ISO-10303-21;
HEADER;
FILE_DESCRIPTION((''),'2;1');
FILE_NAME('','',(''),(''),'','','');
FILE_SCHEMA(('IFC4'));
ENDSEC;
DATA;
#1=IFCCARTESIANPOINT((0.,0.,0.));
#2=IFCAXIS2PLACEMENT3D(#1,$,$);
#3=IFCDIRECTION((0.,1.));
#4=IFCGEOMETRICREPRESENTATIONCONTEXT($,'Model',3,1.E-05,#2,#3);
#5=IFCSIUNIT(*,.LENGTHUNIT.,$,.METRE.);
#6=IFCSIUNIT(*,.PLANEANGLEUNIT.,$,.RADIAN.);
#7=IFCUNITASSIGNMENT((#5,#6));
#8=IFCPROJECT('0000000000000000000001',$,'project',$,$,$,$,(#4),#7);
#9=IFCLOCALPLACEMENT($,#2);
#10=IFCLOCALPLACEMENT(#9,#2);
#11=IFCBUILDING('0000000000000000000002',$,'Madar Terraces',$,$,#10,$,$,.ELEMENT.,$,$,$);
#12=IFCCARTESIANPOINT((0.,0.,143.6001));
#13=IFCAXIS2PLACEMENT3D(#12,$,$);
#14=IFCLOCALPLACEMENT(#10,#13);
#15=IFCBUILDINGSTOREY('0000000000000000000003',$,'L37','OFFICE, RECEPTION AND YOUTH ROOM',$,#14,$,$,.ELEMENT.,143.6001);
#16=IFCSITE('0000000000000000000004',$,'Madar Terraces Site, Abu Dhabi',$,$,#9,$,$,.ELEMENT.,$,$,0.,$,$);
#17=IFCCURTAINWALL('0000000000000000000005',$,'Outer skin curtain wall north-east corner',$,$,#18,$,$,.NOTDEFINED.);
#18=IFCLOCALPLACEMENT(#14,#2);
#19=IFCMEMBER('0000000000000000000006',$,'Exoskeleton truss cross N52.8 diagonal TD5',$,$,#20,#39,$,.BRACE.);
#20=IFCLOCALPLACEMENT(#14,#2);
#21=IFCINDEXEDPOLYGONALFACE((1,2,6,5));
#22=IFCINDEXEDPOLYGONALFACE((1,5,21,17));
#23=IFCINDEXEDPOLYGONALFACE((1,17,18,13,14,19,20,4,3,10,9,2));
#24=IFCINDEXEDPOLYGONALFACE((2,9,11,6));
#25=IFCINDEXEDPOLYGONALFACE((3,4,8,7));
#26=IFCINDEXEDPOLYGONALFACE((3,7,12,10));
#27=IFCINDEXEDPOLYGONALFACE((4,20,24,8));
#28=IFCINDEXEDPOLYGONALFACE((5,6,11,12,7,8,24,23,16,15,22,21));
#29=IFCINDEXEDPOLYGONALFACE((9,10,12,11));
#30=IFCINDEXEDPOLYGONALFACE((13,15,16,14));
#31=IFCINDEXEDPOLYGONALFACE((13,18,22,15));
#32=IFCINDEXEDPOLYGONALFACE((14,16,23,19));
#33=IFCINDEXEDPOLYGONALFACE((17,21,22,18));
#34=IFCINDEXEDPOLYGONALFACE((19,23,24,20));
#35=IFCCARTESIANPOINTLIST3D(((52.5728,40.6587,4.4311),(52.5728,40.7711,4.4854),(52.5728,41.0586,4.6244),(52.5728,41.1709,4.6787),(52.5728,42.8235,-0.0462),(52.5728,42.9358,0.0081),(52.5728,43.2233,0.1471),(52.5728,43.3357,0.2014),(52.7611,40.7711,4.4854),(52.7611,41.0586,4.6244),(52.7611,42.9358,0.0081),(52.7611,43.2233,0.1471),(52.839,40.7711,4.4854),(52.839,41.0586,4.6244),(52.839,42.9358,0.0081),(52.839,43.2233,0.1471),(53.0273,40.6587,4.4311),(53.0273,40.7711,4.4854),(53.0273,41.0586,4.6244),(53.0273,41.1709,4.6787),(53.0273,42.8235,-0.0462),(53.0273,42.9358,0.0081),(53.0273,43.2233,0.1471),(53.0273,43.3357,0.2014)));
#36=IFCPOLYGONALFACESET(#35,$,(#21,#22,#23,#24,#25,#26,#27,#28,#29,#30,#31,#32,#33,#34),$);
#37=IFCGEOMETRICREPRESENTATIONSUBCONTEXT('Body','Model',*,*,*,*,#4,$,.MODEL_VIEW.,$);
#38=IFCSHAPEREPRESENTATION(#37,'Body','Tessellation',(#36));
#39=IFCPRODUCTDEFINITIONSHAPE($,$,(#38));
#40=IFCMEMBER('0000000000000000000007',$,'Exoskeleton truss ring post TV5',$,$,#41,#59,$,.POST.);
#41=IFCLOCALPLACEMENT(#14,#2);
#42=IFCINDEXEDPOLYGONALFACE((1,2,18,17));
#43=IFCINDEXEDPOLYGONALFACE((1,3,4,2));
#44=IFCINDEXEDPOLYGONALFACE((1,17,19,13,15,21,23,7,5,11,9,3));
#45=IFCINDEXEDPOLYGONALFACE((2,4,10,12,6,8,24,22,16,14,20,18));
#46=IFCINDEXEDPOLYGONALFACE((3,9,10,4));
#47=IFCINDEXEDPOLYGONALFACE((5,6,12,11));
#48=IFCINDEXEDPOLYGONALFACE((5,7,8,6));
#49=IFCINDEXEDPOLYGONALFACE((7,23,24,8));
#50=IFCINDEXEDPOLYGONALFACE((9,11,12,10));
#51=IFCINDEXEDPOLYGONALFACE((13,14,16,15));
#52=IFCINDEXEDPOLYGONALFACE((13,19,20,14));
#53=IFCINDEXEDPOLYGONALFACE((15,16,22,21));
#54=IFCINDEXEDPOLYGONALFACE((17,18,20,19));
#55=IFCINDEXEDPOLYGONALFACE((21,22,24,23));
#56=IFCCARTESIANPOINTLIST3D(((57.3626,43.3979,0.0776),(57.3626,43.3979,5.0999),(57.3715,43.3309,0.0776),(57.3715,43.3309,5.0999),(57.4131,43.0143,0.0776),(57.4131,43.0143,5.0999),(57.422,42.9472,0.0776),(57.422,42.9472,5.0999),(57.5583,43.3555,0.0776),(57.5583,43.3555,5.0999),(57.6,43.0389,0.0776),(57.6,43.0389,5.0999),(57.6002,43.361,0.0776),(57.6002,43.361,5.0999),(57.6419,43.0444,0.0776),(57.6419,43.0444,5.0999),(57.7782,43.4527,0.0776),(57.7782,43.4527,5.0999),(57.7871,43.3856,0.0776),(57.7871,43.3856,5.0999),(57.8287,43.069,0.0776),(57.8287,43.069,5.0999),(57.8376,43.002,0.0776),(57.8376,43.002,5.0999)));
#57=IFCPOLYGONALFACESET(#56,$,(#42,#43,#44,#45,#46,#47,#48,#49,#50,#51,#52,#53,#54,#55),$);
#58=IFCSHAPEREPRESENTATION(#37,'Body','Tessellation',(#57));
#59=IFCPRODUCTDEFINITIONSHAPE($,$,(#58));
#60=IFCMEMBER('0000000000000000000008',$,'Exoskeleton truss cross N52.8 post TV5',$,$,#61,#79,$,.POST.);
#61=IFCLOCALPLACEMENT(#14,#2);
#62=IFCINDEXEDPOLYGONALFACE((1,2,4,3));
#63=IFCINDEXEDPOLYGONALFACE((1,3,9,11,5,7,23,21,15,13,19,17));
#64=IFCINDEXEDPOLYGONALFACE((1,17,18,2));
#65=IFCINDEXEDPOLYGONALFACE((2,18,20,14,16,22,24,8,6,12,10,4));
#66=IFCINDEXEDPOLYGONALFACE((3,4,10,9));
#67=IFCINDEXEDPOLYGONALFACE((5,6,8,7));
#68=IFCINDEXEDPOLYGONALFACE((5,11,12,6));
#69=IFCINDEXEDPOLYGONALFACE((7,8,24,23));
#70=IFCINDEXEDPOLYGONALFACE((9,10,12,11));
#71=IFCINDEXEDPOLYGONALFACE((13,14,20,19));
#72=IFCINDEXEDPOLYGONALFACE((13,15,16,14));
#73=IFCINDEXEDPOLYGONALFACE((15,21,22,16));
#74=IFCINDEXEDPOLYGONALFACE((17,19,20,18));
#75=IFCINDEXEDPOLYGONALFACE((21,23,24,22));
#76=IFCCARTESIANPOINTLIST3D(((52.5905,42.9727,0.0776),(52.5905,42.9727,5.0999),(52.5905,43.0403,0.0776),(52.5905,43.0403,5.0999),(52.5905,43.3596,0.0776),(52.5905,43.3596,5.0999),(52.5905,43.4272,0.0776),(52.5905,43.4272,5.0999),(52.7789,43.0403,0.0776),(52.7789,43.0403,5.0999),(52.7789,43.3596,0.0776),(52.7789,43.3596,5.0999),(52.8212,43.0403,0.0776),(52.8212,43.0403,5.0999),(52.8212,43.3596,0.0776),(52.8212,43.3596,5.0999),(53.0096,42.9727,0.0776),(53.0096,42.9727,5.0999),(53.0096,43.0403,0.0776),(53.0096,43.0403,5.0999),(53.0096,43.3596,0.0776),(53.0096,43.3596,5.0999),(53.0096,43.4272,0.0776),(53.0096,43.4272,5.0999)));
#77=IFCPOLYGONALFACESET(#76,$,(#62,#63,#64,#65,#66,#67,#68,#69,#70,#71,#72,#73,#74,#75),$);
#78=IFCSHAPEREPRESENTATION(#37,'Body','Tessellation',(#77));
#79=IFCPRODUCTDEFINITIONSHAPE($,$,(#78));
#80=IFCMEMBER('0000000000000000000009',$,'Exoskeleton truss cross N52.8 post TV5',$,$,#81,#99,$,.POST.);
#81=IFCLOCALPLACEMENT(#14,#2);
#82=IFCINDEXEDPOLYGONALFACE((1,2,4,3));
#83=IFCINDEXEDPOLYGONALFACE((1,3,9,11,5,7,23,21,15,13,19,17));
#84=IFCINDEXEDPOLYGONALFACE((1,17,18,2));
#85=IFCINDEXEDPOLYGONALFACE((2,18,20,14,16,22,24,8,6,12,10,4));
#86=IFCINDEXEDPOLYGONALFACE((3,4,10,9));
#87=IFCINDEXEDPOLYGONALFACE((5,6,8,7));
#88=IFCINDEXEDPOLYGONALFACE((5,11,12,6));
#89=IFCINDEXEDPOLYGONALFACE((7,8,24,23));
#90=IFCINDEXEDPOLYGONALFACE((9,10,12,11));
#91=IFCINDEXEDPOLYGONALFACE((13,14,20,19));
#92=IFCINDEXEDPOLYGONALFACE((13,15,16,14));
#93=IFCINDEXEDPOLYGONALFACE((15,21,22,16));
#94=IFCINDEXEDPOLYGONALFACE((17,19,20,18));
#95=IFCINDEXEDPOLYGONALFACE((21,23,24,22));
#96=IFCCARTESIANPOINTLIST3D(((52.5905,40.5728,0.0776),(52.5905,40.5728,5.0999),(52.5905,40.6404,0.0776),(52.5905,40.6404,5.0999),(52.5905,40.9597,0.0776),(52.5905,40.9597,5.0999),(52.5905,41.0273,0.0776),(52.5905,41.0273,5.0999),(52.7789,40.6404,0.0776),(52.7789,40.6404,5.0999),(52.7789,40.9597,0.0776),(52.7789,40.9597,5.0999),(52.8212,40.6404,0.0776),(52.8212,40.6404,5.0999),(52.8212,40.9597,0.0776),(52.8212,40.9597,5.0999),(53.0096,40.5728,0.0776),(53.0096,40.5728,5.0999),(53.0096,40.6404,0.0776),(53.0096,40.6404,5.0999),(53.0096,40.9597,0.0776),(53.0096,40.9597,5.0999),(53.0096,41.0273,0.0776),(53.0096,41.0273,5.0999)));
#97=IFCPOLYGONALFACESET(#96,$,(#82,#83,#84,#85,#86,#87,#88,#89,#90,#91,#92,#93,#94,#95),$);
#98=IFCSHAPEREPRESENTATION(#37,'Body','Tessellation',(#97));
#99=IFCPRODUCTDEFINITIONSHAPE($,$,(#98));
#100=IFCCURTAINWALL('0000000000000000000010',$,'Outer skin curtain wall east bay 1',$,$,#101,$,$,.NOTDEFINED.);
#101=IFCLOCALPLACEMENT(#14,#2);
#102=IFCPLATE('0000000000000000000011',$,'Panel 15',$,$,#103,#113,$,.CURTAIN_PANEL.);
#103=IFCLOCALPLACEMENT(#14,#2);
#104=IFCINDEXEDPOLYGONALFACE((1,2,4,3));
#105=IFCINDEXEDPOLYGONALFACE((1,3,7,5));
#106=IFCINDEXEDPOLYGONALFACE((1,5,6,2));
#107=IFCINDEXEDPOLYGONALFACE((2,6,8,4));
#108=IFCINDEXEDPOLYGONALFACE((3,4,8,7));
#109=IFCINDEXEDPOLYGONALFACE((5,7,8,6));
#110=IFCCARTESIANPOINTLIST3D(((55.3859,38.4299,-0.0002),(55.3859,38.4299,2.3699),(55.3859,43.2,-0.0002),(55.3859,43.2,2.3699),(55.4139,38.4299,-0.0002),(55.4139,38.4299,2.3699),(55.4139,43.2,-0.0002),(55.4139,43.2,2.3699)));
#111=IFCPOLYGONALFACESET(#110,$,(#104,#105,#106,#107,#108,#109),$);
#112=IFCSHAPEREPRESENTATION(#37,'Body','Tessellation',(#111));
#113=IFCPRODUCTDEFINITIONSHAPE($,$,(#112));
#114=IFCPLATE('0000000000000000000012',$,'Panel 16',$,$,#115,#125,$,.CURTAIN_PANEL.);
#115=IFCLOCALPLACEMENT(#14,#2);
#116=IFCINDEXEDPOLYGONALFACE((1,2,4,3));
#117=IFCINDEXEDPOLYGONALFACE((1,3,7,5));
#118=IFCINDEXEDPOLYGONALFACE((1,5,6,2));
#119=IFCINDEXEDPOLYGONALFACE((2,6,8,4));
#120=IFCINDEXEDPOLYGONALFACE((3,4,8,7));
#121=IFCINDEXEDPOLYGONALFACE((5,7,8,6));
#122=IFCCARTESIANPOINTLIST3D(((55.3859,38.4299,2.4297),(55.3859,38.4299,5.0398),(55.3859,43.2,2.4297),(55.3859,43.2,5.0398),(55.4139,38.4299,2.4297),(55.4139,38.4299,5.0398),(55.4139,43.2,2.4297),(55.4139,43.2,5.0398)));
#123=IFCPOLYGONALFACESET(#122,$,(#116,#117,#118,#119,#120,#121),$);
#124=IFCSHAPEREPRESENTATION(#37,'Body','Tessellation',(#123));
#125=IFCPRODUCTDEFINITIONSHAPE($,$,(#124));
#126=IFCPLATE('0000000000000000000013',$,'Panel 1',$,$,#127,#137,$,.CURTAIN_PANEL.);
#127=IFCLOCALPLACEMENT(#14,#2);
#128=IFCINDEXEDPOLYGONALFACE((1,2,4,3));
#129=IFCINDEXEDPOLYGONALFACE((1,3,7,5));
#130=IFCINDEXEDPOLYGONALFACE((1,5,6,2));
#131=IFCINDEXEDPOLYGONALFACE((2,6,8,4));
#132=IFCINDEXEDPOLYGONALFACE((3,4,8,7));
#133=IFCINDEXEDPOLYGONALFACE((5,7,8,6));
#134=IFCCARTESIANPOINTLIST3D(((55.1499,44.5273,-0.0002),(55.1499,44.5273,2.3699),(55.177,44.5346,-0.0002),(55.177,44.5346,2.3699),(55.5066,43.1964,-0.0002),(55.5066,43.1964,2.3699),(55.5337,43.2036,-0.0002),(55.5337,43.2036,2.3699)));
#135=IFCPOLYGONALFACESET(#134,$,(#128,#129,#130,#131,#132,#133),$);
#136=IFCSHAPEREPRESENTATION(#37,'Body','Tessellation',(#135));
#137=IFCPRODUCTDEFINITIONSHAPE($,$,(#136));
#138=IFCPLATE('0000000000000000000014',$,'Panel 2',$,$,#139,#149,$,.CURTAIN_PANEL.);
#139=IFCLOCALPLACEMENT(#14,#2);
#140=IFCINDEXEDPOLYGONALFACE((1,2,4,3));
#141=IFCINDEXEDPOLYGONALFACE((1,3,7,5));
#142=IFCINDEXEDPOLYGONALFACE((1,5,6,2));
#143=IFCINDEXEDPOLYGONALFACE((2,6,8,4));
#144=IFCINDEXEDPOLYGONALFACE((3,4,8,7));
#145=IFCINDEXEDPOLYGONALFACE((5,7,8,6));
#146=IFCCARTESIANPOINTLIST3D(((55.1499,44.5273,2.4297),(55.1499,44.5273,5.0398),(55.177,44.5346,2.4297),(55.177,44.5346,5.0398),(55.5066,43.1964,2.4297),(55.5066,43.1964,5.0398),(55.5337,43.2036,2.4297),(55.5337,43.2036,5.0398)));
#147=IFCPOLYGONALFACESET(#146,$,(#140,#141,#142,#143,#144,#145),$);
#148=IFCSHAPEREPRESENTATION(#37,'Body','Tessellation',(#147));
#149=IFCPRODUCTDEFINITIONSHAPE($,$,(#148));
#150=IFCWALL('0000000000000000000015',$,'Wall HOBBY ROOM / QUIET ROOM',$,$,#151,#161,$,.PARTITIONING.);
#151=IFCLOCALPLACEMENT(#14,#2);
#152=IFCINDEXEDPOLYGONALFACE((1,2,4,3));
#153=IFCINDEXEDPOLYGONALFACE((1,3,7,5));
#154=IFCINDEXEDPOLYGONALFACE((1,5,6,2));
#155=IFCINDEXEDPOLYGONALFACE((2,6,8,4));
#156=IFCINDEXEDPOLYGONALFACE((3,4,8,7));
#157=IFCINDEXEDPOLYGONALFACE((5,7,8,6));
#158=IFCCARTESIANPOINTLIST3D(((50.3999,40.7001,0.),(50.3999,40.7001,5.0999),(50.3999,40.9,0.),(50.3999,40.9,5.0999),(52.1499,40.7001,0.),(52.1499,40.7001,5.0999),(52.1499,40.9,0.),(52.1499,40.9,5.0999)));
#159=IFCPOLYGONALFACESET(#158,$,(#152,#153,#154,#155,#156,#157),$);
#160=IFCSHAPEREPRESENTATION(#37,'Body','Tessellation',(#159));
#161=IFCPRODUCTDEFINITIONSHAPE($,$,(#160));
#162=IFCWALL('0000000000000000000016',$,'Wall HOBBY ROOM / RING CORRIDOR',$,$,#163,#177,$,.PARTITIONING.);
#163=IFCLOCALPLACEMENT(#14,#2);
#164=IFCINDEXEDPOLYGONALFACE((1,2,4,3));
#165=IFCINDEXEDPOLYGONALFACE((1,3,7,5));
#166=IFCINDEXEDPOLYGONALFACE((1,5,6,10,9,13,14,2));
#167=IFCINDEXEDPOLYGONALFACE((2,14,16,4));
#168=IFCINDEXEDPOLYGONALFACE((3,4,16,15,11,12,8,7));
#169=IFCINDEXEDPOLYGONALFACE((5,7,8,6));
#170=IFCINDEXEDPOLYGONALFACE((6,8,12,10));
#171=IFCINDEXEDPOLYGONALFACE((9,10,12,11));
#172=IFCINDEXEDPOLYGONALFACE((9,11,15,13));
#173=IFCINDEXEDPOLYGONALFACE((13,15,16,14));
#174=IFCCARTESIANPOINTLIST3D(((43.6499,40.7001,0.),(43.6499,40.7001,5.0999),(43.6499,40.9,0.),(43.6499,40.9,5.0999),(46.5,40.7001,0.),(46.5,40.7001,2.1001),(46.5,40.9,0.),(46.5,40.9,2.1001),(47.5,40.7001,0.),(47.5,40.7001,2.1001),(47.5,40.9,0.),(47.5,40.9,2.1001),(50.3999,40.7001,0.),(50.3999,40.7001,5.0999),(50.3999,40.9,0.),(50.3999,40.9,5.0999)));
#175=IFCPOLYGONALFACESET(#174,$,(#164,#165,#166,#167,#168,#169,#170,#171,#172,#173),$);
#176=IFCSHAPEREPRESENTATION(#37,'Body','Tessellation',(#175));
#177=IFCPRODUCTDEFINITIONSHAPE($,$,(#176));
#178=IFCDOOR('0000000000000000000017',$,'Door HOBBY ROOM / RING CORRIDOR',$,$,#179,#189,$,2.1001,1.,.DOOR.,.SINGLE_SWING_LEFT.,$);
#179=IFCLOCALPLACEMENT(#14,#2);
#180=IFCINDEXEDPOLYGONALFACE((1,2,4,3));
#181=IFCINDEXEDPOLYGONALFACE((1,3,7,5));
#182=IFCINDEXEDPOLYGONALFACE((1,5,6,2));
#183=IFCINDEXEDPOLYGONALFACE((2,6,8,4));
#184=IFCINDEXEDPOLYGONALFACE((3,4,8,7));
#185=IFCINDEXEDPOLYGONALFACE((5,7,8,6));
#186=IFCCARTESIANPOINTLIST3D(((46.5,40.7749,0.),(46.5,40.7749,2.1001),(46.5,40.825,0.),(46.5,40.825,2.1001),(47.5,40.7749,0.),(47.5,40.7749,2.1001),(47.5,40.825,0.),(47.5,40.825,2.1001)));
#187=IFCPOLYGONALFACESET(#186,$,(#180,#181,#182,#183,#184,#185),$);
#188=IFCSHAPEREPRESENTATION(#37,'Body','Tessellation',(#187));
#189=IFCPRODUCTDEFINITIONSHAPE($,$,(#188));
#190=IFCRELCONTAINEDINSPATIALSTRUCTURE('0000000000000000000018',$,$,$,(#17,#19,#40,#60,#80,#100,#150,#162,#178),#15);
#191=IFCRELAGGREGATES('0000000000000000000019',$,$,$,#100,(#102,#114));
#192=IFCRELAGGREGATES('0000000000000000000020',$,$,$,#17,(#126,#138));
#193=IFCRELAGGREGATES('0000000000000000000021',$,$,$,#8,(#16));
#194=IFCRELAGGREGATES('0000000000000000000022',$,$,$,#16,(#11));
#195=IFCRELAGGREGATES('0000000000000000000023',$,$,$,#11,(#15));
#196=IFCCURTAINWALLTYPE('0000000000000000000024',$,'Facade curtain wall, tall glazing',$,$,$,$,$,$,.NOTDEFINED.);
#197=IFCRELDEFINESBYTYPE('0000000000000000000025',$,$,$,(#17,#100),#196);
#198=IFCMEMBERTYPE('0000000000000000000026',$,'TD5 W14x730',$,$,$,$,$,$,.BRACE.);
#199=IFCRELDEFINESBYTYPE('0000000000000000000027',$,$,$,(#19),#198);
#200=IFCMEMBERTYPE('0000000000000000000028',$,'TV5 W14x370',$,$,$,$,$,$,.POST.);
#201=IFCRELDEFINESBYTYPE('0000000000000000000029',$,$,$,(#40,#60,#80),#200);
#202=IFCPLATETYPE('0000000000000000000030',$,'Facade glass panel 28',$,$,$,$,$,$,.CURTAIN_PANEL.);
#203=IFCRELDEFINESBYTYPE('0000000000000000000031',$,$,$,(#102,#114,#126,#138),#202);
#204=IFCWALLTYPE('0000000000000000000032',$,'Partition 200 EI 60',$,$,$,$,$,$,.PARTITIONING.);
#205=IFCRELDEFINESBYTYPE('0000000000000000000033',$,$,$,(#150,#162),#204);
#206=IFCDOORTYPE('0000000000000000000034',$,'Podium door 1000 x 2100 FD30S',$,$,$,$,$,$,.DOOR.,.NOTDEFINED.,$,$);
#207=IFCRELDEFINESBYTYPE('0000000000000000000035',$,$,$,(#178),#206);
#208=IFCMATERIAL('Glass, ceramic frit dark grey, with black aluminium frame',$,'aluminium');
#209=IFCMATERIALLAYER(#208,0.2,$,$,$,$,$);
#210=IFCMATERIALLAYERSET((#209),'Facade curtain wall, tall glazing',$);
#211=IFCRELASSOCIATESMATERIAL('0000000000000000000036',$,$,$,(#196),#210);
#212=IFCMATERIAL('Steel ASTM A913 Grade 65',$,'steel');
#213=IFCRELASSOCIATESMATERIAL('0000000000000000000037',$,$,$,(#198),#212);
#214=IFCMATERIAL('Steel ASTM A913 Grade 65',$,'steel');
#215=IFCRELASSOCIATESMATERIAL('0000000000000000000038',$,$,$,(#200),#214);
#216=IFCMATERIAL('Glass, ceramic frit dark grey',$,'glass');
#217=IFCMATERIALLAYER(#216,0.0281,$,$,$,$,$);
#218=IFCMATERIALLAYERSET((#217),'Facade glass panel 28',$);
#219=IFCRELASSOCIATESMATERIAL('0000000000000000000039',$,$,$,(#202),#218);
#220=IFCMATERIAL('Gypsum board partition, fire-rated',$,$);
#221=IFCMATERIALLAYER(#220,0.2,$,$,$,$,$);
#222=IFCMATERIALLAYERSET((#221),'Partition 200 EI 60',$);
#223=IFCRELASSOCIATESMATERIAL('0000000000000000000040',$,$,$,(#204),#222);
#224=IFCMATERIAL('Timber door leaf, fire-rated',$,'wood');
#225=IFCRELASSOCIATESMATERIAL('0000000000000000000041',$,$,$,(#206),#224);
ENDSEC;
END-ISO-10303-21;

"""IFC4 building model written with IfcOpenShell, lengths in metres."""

from ifc_helpers import new_model, si_unit, direction, frame, frame_2d, origin, origin_2d, place, context, subcontext, project, spatial, rectangle, i_section, extrude, material, layer, layer_set, material_profile, profile_set, type_object, element, fill, aggregate, save


model = new_model("IFC4")

# Units and contexts
model_context = context("Model", 3, precision=1e-05, world=origin(), true_north=direction((0.0, 1.0)))
body_context = subcontext(model_context, "Body", "Model", "MODEL_VIEW")
ifc_project = project(units=[si_unit("LENGTHUNIT", "METRE"), si_unit("PLANEANGLEUNIT", "RADIAN")], contexts=[model_context])

# Site, building, storey
site_placement = place(None, origin())
site = spatial("IfcSite", under=ifc_project, at=site_placement, Name="Madar Terraces Site, Abu Dhabi", CompositionType="ELEMENT", RefElevation=0.0)
building_placement = place(site_placement, origin())
building = spatial("IfcBuilding", under=site, at=building_placement, Name="Madar Terraces", CompositionType="ELEMENT")
storey_placement = place(building_placement, frame((0.0, 0.0, 143.6001)))
storey = spatial("IfcBuildingStorey", under=building, at=storey_placement, Name="L37", Description="OFFICE, RECEPTION AND YOUTH ROOM", CompositionType="ELEMENT", Elevation=143.6001)

# Curtain wall
ifc_material_1 = material(Name="Glass, ceramic frit dark grey, with black aluminium frame", Category="aluminium")
ifc_layer_1 = layer(ifc_material_1, 0.2)
ifc_layer_set_1 = layer_set([ifc_layer_1], Name="Facade curtain wall, tall glazing")
curtain_wall_type = type_object("IfcCurtainWallType", Name="Facade curtain wall, tall glazing", PredefinedType="NOTDEFINED", material=ifc_layer_set_1)
curtain_wall_1_placement = place(storey_placement, origin())
curtain_wall_1 = element("IfcCurtainWall", 1, at=curtain_wall_1_placement, inside=storey, type_object=curtain_wall_type, Name="Outer skin curtain wall north-east corner", PredefinedType="NOTDEFINED")

# Members
ifc_material_2 = material(Name="Steel ASTM A913 Grade 65", Category="steel")
ifc_material_profile_1 = material_profile(ifc_material_2, i_section(OverallWidth=0.4546, OverallDepth=0.5688, WebThickness=0.0779, FlangeThickness=0.1248, at=origin_2d()), Name="W14x730")
ifc_profile_set_1 = profile_set([ifc_material_profile_1], Name="Steel ASTM A913 Grade 65")
member_type_1 = type_object("IfcMemberType", Name="TD5 W14x730", PredefinedType="BRACE", material=ifc_profile_set_1)
member_1_placement = place(storey_placement, frame((52.8, 43.0796, 0.0776), z_axis=(0.0, -0.435294, 0.900288), x_axis=(1.0, 0.0, 0.0)))
element("IfcMember", 2, at=member_1_placement, inside=storey, type_object=member_type_1, Name="Exoskeleton truss cross N52.8 diagonal TD5", PredefinedType="BRACE", context=body_context, shape_type="SweptSolid", body=[
    extrude(i_section(OverallWidth=0.4546, OverallDepth=0.5688, WebThickness=0.0779, FlangeThickness=0.1248, at=origin_2d()), origin(), (0.0, 0.0, 1.0), 4.9731),
])
ifc_material_3 = material(Name="Steel ASTM A913 Grade 65", Category="steel")
ifc_material_profile_2 = material_profile(ifc_material_3, i_section(OverallWidth=0.4192, OverallDepth=0.4546, WebThickness=0.0422, FlangeThickness=0.0676, at=origin_2d()), Name="W14x370")
ifc_profile_set_2 = profile_set([ifc_material_profile_2], Name="Steel ASTM A913 Grade 65")
member_type_2 = type_object("IfcMemberType", Name="TV5 W14x370", PredefinedType="POST", material=ifc_profile_set_2)
for number, where, z_axis, x_axis, name in (
    (3, (57.6001, 43.2, 0.0776), (0.0, 0.0, 1.0), (-0.991445, -0.130526, 0.0), "Exoskeleton truss ring post TV5"),
    (4, (52.8, 43.2, 0.0776), (0.0, 0.0, 1.0), (-1.0, 0.0, 0.0), "Exoskeleton truss cross N52.8 post TV5"),
    (5, (52.8, 40.8, 0.0776), (0.0, 0.0, 1.0), (-1.0, 0.0, 0.0), "Exoskeleton truss cross N52.8 post TV5"),
):
    element("IfcMember", number, at=place(storey_placement, frame(where, z_axis=z_axis, x_axis=x_axis)), inside=storey, type_object=member_type_2, Name=name, PredefinedType="POST", context=body_context, shape_type="SweptSolid", body=[
        extrude(i_section(OverallWidth=0.4192, OverallDepth=0.4546, WebThickness=0.0422, FlangeThickness=0.0676, at=origin_2d()), origin(), (0.0, 0.0, 1.0), 5.0222),
    ])

# Curtain wall, plates
curtain_wall_2_placement = place(storey_placement, origin())
curtain_wall_2 = element("IfcCurtainWall", 6, at=curtain_wall_2_placement, inside=storey, type_object=curtain_wall_type, Name="Outer skin curtain wall east bay 1", PredefinedType="NOTDEFINED")
ifc_material_4 = material(Name="Glass, ceramic frit dark grey", Category="glass")
ifc_layer_2 = layer(ifc_material_4, 0.0281)
ifc_layer_set_2 = layer_set([ifc_layer_2], Name="Facade glass panel 28")
plate_type = type_object("IfcPlateType", Name="Facade glass panel 28", PredefinedType="CURTAIN_PANEL", material=ifc_layer_set_2)
plate_1_placement = place(storey_placement, frame((55.3999, 40.8149, -0.0002), z_axis=(0.0, 0.0, 1.0), x_axis=(0.0, 1.0, 0.0)))
plate_1 = element("IfcPlate", 7, at=plate_1_placement, type_object=plate_type, Name="Panel 15", PredefinedType="CURTAIN_PANEL", context=body_context, shape_type="SweptSolid", body=[
    extrude(rectangle(XDim=4.77, YDim=0.0281, at=origin_2d()), origin(), (0.0, 0.0, 1.0), 2.3701),
])
plate_2_placement = place(storey_placement, frame((55.3999, 40.8149, 2.4297), z_axis=(0.0, 0.0, 1.0), x_axis=(0.0, 1.0, 0.0)))
plate_2 = element("IfcPlate", 8, at=plate_2_placement, type_object=plate_type, Name="Panel 16", PredefinedType="CURTAIN_PANEL", context=body_context, shape_type="SweptSolid", body=[
    extrude(rectangle(XDim=4.77, YDim=0.0281, at=origin_2d()), origin(), (0.0, 0.0, 1.0), 2.6101),
])
aggregate(curtain_wall_2, [plate_1, plate_2])

# Plates
plate_3_placement = place(storey_placement, frame((55.3418, 43.8655, -0.0002), z_axis=(0.0, 0.0, 1.0), x_axis=(-0.258819, 0.965926, 0.0)))
plate_3 = element("IfcPlate", 9, at=plate_3_placement, type_object=plate_type, Name="Panel 1", PredefinedType="CURTAIN_PANEL", context=body_context, shape_type="SweptSolid", body=[
    extrude(rectangle(XDim=1.3779, YDim=0.0281, at=origin_2d()), origin(), (0.0, 0.0, 1.0), 2.3701),
])
plate_4_placement = place(storey_placement, frame((55.3418, 43.8655, 2.4297), z_axis=(0.0, 0.0, 1.0), x_axis=(-0.258819, 0.965926, 0.0)))
plate_4 = element("IfcPlate", 10, at=plate_4_placement, type_object=plate_type, Name="Panel 2", PredefinedType="CURTAIN_PANEL", context=body_context, shape_type="SweptSolid", body=[
    extrude(rectangle(XDim=1.3779, YDim=0.0281, at=origin_2d()), origin(), (0.0, 0.0, 1.0), 2.6101),
])
aggregate(curtain_wall_1, [plate_3, plate_4])

# Wall
ifc_material_5 = material(Name="Gypsum board partition, fire-rated")
ifc_layer_3 = layer(ifc_material_5, 0.2)
ifc_layer_set_3 = layer_set([ifc_layer_3], Name="Partition 200 EI 60")
wall_type_1 = type_object("IfcWallType", Name="Partition 200 EI 60", PredefinedType="PARTITIONING", material=ifc_layer_set_3)
wall_1_placement = place(storey_placement, frame((50.3999, 40.8, 0.0), z_axis=(0.0, 0.0, 1.0), x_axis=(1.0, 0.0, 0.0)))
element("IfcWall", 11, at=wall_1_placement, inside=storey, type_object=wall_type_1, Name="Wall HOBBY ROOM / QUIET ROOM", PredefinedType="PARTITIONING", context=body_context, shape_type="SweptSolid", body=[
    extrude(rectangle(XDim=1.75, YDim=0.2, at=frame_2d((0.875, 0.0))), origin(), (0.0, 0.0, 1.0), 5.0999),
])

# Wall, opening, door
wall_2_placement = place(storey_placement, frame((43.6499, 40.8, 0.0), z_axis=(0.0, 0.0, 1.0), x_axis=(1.0, 0.0, 0.0)))
wall_2 = element("IfcWall", 12, at=wall_2_placement, inside=storey, type_object=wall_type_1, Name="Wall HOBBY ROOM / RING CORRIDOR", PredefinedType="PARTITIONING", context=body_context, shape_type="SweptSolid", body=[
    extrude(rectangle(XDim=6.75, YDim=0.2, at=frame_2d((3.375, 0.0))), origin(), (0.0, 0.0, 1.0), 5.0999),
])
opening_1_placement = place(wall_2_placement, frame((2.8501, 0.0, 0.0)))
opening_1 = element("IfcOpeningElement", 13, at=opening_1_placement, cuts=wall_2, PredefinedType="OPENING", context=body_context, shape_type="SweptSolid", body=[
    extrude(rectangle(XDim=1.0, YDim=2.1001, at=frame_2d((0.5, 1.05))), frame((0.0, 0.1099, 0.0), z_axis=(0.0, -1.0, 0.0), x_axis=(1.0, 0.0, 0.0)), (0.0, 0.0, 1.0), 0.22),
])
ifc_material_6 = material(Name="Timber door leaf, fire-rated", Category="wood")
door_type = type_object("IfcDoorType", Name="Podium door 1000 x 2100 FD30S", OperationType="NOTDEFINED", PredefinedType="DOOR", material=ifc_material_6)
door_1_placement = place(opening_1_placement, origin())
door_1 = element("IfcDoor", 14, at=door_1_placement, inside=storey, type_object=door_type, Name="Door HOBBY ROOM / RING CORRIDOR", OperationType="SINGLE_SWING_LEFT", OverallHeight=2.1001, OverallWidth=1.0, PredefinedType="DOOR", context=body_context, shape_type="SweptSolid", body=[
    extrude(rectangle(XDim=1.0, YDim=2.1001, at=frame_2d((0.5, 1.05))), frame((0.0, 0.0249, 0.0), z_axis=(0.0, -1.0, 0.0), x_axis=(1.0, 0.0, 0.0)), (0.0, 0.0, 1.0), 0.05),
])
fill(opening_1, door_1)

save(model, "model.ifc")
